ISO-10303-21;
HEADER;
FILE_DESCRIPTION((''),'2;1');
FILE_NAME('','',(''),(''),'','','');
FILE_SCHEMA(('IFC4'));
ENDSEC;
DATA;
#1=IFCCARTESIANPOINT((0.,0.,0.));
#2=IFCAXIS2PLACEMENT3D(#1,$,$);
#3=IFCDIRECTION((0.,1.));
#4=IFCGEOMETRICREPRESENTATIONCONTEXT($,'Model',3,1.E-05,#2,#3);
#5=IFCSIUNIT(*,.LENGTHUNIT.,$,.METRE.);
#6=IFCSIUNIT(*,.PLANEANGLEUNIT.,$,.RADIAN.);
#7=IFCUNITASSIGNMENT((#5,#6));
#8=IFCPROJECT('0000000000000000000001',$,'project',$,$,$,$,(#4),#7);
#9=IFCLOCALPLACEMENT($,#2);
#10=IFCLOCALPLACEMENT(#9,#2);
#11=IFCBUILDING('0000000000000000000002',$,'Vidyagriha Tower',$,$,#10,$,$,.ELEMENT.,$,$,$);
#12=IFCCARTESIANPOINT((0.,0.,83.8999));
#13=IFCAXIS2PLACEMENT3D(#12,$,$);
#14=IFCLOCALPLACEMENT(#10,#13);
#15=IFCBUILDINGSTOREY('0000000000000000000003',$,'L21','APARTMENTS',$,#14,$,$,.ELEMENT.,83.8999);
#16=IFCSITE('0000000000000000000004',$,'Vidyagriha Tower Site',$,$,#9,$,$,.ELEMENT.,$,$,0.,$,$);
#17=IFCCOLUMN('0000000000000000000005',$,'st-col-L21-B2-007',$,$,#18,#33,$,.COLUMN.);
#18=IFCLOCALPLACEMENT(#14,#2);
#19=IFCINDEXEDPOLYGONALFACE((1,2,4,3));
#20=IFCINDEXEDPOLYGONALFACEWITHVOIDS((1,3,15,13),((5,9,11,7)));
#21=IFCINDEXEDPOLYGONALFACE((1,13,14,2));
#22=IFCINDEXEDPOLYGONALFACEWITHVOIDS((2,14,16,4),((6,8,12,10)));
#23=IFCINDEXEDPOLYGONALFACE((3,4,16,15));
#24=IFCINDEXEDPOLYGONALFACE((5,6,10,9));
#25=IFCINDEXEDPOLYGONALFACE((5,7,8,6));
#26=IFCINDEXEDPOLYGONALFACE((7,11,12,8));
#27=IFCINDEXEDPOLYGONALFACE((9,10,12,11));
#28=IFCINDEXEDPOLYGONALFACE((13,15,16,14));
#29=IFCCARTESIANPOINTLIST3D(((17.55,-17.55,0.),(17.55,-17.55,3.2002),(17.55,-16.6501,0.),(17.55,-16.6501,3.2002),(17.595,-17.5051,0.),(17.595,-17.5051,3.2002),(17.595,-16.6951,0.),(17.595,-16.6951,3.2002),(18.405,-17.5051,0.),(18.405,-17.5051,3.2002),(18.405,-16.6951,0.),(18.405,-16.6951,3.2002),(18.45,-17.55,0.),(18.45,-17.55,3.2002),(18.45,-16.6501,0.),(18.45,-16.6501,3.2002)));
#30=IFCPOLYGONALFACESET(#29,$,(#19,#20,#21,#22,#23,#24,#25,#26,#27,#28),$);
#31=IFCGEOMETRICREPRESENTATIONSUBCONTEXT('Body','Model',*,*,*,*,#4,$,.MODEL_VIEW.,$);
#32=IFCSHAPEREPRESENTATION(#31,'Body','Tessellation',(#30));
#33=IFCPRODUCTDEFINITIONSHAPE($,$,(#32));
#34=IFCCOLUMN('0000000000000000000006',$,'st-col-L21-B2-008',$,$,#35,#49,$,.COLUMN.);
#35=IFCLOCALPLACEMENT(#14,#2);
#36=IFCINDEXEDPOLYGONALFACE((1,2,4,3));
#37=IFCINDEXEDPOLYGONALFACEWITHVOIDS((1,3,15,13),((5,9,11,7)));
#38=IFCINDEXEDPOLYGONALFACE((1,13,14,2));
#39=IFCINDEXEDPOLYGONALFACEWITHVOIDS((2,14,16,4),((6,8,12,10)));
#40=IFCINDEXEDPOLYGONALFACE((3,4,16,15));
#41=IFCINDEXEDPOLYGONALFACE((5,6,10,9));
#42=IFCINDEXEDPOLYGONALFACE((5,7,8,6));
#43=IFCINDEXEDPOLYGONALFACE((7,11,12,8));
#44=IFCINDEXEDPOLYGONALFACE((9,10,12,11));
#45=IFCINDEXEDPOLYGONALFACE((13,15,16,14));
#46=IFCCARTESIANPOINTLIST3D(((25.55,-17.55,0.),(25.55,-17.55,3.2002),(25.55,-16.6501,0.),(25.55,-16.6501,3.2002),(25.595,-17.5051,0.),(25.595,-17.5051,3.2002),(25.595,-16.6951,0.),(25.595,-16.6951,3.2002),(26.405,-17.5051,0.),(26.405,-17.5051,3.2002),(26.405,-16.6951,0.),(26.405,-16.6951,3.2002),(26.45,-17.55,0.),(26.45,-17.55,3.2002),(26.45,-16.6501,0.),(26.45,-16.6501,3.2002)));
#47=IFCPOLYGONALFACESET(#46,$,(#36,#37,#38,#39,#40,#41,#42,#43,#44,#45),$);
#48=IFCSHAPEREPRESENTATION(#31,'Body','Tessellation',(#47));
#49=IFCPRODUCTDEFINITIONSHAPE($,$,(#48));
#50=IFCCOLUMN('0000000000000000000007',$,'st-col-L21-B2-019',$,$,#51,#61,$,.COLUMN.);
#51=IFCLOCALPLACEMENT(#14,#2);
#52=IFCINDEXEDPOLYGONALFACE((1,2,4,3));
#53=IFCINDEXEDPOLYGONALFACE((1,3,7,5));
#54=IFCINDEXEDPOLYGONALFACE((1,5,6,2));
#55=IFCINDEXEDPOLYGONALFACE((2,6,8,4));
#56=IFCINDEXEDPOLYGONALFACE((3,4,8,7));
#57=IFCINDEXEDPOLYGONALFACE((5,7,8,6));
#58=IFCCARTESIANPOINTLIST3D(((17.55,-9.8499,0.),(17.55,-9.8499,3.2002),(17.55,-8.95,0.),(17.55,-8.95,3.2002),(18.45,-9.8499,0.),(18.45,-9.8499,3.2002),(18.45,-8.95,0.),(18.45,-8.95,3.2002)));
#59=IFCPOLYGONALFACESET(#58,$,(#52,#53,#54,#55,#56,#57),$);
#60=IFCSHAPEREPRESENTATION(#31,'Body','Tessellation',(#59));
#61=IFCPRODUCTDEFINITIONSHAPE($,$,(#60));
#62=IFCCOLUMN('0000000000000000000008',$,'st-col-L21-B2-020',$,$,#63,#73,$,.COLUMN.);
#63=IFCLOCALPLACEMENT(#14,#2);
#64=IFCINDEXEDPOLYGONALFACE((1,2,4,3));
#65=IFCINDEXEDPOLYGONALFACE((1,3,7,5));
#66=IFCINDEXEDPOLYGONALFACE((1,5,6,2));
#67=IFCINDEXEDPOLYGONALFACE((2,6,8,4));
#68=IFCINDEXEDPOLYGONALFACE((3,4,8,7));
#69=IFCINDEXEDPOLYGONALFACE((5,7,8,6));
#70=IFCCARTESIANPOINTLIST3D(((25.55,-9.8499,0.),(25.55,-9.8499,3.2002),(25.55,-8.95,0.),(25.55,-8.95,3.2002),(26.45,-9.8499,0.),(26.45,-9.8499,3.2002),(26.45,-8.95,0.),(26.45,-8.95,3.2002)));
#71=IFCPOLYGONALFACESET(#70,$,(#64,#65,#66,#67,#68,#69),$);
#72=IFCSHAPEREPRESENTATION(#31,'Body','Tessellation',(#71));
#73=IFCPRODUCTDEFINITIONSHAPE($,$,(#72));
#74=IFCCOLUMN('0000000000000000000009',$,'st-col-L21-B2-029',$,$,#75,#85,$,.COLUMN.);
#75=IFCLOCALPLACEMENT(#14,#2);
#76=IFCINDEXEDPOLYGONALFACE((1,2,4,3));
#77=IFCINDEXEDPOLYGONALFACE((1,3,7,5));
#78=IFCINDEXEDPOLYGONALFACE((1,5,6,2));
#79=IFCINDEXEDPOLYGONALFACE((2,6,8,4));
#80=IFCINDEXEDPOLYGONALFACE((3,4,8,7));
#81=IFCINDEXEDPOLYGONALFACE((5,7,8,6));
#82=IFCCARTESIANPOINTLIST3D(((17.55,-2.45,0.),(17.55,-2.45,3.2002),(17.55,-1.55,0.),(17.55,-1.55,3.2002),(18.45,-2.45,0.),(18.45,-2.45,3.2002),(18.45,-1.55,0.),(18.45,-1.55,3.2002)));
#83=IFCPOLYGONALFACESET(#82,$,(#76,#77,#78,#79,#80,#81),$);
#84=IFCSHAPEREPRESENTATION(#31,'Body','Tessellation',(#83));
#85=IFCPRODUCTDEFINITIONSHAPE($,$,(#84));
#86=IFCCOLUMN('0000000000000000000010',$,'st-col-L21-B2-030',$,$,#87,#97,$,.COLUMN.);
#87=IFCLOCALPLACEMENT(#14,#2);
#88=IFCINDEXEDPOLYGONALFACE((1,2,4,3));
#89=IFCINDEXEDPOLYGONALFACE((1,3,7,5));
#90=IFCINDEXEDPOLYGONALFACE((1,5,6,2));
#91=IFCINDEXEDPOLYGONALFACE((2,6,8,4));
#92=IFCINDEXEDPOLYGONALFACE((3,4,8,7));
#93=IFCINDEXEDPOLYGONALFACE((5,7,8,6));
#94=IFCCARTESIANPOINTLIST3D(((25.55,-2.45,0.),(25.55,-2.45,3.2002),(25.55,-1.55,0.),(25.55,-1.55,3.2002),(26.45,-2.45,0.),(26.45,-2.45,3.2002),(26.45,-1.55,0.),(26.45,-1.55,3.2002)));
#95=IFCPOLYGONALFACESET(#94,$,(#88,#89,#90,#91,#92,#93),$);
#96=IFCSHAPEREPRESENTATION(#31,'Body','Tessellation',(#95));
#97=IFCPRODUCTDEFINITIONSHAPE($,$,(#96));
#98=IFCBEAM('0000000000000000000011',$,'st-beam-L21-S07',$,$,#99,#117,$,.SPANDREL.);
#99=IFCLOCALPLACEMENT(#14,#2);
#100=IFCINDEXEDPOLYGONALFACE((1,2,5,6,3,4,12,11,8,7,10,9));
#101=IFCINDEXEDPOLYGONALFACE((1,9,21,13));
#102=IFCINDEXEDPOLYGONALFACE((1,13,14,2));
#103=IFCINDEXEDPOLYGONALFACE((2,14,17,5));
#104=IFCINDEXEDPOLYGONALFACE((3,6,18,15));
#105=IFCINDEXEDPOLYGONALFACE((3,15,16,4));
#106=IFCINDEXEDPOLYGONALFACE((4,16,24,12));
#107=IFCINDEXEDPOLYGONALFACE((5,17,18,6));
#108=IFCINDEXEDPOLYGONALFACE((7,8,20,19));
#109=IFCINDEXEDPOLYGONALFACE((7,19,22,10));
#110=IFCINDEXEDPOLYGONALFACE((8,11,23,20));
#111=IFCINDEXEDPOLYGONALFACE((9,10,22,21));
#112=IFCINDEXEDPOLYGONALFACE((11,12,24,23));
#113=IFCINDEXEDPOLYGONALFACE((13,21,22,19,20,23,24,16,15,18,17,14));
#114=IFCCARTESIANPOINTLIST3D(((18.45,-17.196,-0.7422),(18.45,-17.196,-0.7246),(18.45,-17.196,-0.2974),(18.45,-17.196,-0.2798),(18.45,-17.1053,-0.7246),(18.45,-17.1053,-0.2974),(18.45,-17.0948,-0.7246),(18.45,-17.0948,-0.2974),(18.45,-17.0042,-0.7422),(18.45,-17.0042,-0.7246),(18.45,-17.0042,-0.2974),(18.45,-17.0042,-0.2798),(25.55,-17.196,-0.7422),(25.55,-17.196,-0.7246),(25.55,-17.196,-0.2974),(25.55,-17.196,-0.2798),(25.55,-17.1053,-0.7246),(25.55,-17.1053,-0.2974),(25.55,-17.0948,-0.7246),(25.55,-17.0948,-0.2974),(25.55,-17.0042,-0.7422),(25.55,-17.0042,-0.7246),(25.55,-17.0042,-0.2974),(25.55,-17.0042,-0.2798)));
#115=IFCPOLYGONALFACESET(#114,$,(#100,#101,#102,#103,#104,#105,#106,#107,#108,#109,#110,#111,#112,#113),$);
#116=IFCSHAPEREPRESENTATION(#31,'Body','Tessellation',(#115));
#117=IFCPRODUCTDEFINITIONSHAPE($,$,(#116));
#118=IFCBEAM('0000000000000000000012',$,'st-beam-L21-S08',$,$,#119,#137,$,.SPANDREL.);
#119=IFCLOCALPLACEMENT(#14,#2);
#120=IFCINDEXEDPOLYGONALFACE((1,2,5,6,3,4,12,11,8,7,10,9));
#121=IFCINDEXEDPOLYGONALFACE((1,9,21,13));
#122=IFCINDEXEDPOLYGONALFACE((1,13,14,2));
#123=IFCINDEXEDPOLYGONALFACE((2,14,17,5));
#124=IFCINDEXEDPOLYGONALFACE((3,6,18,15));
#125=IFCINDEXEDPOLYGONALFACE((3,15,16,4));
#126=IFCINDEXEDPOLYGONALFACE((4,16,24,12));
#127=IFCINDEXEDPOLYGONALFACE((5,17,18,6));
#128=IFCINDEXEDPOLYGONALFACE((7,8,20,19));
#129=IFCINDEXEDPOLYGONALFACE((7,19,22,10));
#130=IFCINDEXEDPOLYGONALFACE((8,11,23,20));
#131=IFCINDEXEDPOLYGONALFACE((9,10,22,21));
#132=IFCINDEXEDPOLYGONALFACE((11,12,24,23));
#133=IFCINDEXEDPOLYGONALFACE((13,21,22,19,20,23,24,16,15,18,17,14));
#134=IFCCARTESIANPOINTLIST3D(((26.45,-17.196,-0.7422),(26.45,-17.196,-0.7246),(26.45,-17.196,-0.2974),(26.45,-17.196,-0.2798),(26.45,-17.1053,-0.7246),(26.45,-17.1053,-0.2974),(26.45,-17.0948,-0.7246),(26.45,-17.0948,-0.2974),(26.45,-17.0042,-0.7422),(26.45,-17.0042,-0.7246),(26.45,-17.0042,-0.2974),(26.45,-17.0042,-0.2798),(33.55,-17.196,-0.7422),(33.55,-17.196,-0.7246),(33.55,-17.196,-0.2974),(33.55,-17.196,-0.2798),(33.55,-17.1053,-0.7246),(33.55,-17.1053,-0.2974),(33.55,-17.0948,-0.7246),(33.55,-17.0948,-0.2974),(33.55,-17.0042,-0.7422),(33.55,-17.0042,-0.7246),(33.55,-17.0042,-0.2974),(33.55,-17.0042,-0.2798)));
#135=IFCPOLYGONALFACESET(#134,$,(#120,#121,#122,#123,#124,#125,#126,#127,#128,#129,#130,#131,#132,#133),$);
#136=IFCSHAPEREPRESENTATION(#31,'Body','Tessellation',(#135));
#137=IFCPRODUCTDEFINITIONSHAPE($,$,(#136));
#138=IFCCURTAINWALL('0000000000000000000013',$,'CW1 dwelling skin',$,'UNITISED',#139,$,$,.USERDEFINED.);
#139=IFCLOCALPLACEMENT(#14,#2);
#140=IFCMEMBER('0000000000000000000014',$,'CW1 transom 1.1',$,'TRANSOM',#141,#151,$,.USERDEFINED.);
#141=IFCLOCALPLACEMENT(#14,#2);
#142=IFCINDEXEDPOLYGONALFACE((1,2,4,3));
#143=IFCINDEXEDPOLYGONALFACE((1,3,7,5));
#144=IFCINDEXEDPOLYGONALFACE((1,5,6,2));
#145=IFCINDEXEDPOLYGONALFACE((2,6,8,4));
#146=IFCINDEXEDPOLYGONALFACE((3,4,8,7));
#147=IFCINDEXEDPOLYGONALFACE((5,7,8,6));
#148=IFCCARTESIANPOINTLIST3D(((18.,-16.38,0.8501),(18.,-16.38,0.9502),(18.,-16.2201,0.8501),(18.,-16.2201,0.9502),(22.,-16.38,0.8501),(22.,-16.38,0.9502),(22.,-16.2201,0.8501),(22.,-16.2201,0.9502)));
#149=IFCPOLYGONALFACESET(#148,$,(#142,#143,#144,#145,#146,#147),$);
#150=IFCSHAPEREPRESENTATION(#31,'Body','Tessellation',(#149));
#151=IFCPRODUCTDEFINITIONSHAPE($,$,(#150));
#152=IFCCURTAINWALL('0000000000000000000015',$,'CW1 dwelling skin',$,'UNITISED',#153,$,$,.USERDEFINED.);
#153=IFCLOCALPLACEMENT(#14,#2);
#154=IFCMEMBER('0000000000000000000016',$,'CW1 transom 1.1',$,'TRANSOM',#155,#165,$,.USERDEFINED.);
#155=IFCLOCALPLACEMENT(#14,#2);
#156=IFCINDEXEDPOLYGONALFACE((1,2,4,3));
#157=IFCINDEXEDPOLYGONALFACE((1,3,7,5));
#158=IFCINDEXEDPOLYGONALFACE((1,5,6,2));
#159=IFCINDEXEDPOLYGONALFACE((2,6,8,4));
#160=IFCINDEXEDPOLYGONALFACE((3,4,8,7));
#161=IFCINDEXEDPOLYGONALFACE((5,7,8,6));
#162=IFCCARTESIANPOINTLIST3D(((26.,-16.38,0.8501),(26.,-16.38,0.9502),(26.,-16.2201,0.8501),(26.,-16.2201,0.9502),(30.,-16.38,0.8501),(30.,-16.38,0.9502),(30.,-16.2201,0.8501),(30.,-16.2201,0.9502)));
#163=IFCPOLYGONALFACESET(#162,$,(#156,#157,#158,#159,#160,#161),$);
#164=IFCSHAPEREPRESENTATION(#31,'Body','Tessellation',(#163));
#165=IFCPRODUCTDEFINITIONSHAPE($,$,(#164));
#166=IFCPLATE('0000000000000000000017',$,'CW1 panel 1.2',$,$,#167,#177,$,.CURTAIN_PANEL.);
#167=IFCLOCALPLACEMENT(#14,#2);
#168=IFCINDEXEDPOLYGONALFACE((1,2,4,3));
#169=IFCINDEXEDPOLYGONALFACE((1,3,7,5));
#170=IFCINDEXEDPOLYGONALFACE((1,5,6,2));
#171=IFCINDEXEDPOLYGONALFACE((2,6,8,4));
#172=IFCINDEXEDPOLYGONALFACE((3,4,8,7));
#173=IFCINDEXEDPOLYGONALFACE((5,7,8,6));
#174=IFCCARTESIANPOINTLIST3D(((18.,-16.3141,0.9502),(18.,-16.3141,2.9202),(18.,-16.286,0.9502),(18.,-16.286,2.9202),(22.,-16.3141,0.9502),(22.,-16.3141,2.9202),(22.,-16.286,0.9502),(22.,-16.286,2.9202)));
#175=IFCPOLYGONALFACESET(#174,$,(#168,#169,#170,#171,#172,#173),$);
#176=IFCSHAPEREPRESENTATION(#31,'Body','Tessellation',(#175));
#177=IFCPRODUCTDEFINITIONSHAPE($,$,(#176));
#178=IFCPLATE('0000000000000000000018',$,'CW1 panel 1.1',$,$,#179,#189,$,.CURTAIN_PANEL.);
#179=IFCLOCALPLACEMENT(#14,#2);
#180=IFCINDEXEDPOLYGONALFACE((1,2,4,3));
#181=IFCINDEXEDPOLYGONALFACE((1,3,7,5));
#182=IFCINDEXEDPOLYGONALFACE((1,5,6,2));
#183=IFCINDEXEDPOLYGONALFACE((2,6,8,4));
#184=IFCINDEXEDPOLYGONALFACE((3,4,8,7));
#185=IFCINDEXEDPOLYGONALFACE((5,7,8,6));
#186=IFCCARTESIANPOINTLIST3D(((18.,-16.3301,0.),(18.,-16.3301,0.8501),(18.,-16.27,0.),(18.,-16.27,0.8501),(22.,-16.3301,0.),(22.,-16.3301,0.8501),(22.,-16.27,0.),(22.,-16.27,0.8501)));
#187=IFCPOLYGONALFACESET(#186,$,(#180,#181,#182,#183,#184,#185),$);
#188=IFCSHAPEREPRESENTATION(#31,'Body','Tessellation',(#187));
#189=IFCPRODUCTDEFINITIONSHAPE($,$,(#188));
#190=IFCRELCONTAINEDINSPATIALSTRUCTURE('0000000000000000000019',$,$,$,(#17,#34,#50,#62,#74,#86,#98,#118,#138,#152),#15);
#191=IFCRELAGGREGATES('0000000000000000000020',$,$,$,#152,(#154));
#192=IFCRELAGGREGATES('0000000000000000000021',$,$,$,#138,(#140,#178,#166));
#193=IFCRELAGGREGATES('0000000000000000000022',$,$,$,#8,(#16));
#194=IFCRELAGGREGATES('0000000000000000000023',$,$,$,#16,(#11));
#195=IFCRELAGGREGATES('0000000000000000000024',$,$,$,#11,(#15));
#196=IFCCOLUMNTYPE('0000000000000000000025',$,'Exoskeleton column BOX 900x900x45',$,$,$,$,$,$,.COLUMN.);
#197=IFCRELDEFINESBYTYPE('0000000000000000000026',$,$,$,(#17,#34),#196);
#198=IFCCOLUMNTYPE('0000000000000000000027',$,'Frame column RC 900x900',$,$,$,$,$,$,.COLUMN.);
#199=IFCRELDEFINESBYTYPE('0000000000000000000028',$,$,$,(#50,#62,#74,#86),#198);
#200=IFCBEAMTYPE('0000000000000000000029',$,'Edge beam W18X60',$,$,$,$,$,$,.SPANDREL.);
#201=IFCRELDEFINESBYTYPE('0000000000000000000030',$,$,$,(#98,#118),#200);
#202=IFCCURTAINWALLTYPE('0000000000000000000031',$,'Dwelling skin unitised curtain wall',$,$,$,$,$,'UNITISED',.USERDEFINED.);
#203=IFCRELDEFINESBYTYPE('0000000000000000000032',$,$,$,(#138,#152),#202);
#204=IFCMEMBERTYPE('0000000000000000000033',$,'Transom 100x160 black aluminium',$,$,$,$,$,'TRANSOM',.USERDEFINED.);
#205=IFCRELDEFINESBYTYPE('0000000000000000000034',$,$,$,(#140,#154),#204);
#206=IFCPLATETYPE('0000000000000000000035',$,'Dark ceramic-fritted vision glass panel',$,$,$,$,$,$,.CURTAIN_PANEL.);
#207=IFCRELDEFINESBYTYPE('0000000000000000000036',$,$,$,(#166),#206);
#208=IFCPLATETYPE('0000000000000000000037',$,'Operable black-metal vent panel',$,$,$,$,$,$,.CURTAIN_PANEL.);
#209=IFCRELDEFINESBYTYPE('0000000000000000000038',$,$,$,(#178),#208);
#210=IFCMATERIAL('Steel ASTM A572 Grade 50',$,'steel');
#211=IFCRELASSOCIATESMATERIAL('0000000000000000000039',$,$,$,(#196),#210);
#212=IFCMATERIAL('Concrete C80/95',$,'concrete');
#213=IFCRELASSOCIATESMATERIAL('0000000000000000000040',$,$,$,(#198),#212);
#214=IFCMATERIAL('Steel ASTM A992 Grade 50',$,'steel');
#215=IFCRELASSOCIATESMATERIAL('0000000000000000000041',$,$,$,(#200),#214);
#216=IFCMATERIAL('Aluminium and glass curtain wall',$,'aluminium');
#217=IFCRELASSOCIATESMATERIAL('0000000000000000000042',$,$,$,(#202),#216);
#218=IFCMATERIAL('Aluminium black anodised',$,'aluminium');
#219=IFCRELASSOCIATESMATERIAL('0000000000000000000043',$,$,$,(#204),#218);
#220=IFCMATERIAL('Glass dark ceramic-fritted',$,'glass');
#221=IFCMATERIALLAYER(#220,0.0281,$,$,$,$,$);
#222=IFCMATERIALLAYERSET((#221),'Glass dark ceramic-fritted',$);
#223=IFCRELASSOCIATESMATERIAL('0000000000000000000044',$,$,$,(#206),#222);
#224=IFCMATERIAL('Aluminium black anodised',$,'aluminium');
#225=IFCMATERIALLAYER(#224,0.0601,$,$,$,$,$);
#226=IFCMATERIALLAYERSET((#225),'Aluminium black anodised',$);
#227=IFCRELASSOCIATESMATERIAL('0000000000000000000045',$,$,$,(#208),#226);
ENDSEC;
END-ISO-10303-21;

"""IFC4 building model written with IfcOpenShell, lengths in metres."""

from ifc_helpers import new_model, si_unit, direction, frame, origin, origin_2d, place, context, subcontext, project, spatial, rectangle, hollow_rectangle, i_section, extrude, material, layer, layer_set, material_profile, profile_set, type_object, element, aggregate, save


model = new_model("IFC4")

# Units and contexts
model_context = context("Model", 3, precision=1e-05, world=origin(), true_north=direction((0.0, 1.0)))
body_context = subcontext(model_context, "Body", "Model", "MODEL_VIEW")
ifc_project = project(units=[si_unit("LENGTHUNIT", "METRE"), si_unit("PLANEANGLEUNIT", "RADIAN")], contexts=[model_context])

# Site, building, storey
site_placement = place(None, origin())
site = spatial("IfcSite", under=ifc_project, at=site_placement, Name="Vidyagriha Tower Site", CompositionType="ELEMENT", RefElevation=0.0)
building_placement = place(site_placement, origin())
building = spatial("IfcBuilding", under=site, at=building_placement, Name="Vidyagriha Tower", CompositionType="ELEMENT")
storey_placement = place(building_placement, frame((0.0, 0.0, 83.8999)))
storey = spatial("IfcBuildingStorey", under=building, at=storey_placement, Name="L21", Description="APARTMENTS", CompositionType="ELEMENT", Elevation=83.8999)

# Columns
ifc_material_1 = material(Name="Steel ASTM A572 Grade 50", Category="steel")
ifc_material_profile_1 = material_profile(ifc_material_1, hollow_rectangle(XDim=0.8999, YDim=0.8999, WallThickness=0.0449, at=origin_2d()), Name="BOX 900x900x45")
ifc_profile_set_1 = profile_set([ifc_material_profile_1], Name="Steel ASTM A572 Grade 50")
column_type_1 = type_object("IfcColumnType", Name="Exoskeleton column BOX 900x900x45", PredefinedType="COLUMN", material=ifc_profile_set_1)
for number, where, name in (
    (1, (18.0, -17.1001, 0.0), "st-col-L21-B2-007"),
    (2, (26.0, -17.1001, 0.0), "st-col-L21-B2-008"),
):
    element("IfcColumn", number, at=place(storey_placement, frame(where)), inside=storey, type_object=column_type_1, Name=name, PredefinedType="COLUMN", context=body_context, shape_type="SweptSolid", body=[
        extrude(hollow_rectangle(XDim=0.8999, YDim=0.8999, WallThickness=0.0449, at=origin_2d()), origin(), (0.0, 0.0, 1.0), 3.2002),
    ])
ifc_material_2 = material(Name="Concrete C80/95", Category="concrete")
ifc_material_profile_2 = material_profile(ifc_material_2, rectangle(XDim=0.8999, YDim=0.8999, at=origin_2d()), Name="RC 900x900")
ifc_profile_set_2 = profile_set([ifc_material_profile_2], Name="Concrete C80/95")
column_type_2 = type_object("IfcColumnType", Name="Frame column RC 900x900", PredefinedType="COLUMN", material=ifc_profile_set_2)
for number, where, name in (
    (3, (18.0, -9.3999, 0.0), "st-col-L21-B2-019"),
    (4, (26.0, -9.3999, 0.0), "st-col-L21-B2-020"),
    (5, (18.0, -2.0, 0.0), "st-col-L21-B2-029"),
    (6, (26.0, -2.0, 0.0), "st-col-L21-B2-030"),
):
    element("IfcColumn", number, at=place(storey_placement, frame(where)), inside=storey, type_object=column_type_2, Name=name, PredefinedType="COLUMN", context=body_context, shape_type="SweptSolid", body=[
        extrude(rectangle(XDim=0.8999, YDim=0.8999, at=origin_2d()), origin(), (0.0, 0.0, 1.0), 3.2002),
    ])

# Beams
ifc_material_3 = material(Name="Steel ASTM A992 Grade 50", Category="steel")
ifc_material_profile_3 = material_profile(ifc_material_3, i_section(OverallWidth=0.1919, OverallDepth=0.4624, WebThickness=0.0105, FlangeThickness=0.0176, at=origin_2d()), Name="W18X60")
ifc_profile_set_3 = profile_set([ifc_material_profile_3], Name="Steel ASTM A992 Grade 50")
beam_type = type_object("IfcBeamType", Name="Edge beam W18X60", PredefinedType="SPANDREL", material=ifc_profile_set_3)
for number, where, z_axis, x_axis, name in (
    (7, (18.45, -17.1001, -0.511), (1.0, 0.0, 0.0), (0.0, 1.0, 0.0), "st-beam-L21-S07"),
    (8, (26.45, -17.1001, -0.511), (1.0, 0.0, 0.0), (0.0, 1.0, 0.0), "st-beam-L21-S08"),
):
    element("IfcBeam", number, at=place(storey_placement, frame(where, z_axis=z_axis, x_axis=x_axis)), inside=storey, type_object=beam_type, Name=name, PredefinedType="SPANDREL", context=body_context, shape_type="SweptSolid", body=[
        extrude(i_section(OverallWidth=0.1919, OverallDepth=0.4624, WebThickness=0.0105, FlangeThickness=0.0176, at=origin_2d()), origin(), (0.0, 0.0, 1.0), 7.1001),
    ])

# Curtain walls, members
ifc_material_4 = material(Name="Aluminium and glass curtain wall", Category="aluminium")
curtain_wall_type = type_object("IfcCurtainWallType", Name="Dwelling skin unitised curtain wall", ElementType="UNITISED", PredefinedType="USERDEFINED", material=ifc_material_4)
curtain_wall_1_placement = place(storey_placement, origin())
curtain_wall_1 = element("IfcCurtainWall", 9, at=curtain_wall_1_placement, inside=storey, type_object=curtain_wall_type, Name="CW1 dwelling skin", ObjectType="UNITISED", PredefinedType="USERDEFINED")
ifc_material_5 = material(Name="Aluminium black anodised", Category="aluminium")
ifc_material_profile_4 = material_profile(ifc_material_5, rectangle(XDim=0.1599, YDim=0.1001, at=origin_2d()), Name="Transom 100x160 black aluminium")
ifc_profile_set_4 = profile_set([ifc_material_profile_4], Name="Aluminium black anodised")
member_type = type_object("IfcMemberType", Name="Transom 100x160 black aluminium", ElementType="TRANSOM", PredefinedType="USERDEFINED", material=ifc_profile_set_4)
member_1_placement = place(storey_placement, frame((18.0, -16.3, 0.9001), z_axis=(1.0, 0.0, 0.0), x_axis=(0.0, 1.0, 0.0)))
member_1 = element("IfcMember", 10, at=member_1_placement, type_object=member_type, Name="CW1 transom 1.1", ObjectType="TRANSOM", PredefinedType="USERDEFINED", context=body_context, shape_type="SweptSolid", body=[
    extrude(rectangle(XDim=0.1599, YDim=0.1001, at=origin_2d()), origin(), (0.0, 0.0, 1.0), 4.0),
])
curtain_wall_2_placement = place(storey_placement, origin())
curtain_wall_2 = element("IfcCurtainWall", 11, at=curtain_wall_2_placement, inside=storey, type_object=curtain_wall_type, Name="CW1 dwelling skin", ObjectType="UNITISED", PredefinedType="USERDEFINED")
member_2_placement = place(storey_placement, frame((26.0, -16.3, 0.9001), z_axis=(1.0, 0.0, 0.0), x_axis=(0.0, 1.0, 0.0)))
member_2 = element("IfcMember", 12, at=member_2_placement, type_object=member_type, Name="CW1 transom 1.1", ObjectType="TRANSOM", PredefinedType="USERDEFINED", context=body_context, shape_type="SweptSolid", body=[
    extrude(rectangle(XDim=0.1599, YDim=0.1001, at=origin_2d()), origin(), (0.0, 0.0, 1.0), 4.0),
])
aggregate(curtain_wall_2, [member_2])

# Plates
ifc_material_6 = material(Name="Glass dark ceramic-fritted", Category="glass")
ifc_layer_1 = layer(ifc_material_6, 0.0281)
ifc_layer_set_1 = layer_set([ifc_layer_1], Name="Glass dark ceramic-fritted")
plate_type_1 = type_object("IfcPlateType", Name="Dark ceramic-fritted vision glass panel", PredefinedType="CURTAIN_PANEL", material=ifc_layer_set_1)
plate_1_placement = place(storey_placement, frame((20.0, -16.3, 0.9502)))
plate_1 = element("IfcPlate", 13, at=plate_1_placement, type_object=plate_type_1, Name="CW1 panel 1.2", PredefinedType="CURTAIN_PANEL", context=body_context, shape_type="SweptSolid", body=[
    extrude(rectangle(XDim=4.0, YDim=0.0281, at=origin_2d()), origin(), (0.0, 0.0, 1.0), 1.97),
])
ifc_material_7 = material(Name="Aluminium black anodised", Category="aluminium")
ifc_layer_2 = layer(ifc_material_7, 0.0601)
ifc_layer_set_2 = layer_set([ifc_layer_2], Name="Aluminium black anodised")
plate_type_2 = type_object("IfcPlateType", Name="Operable black-metal vent panel", PredefinedType="CURTAIN_PANEL", material=ifc_layer_set_2)
plate_2_placement = place(storey_placement, frame((20.0, -16.3, 0.0)))
plate_2 = element("IfcPlate", 14, at=plate_2_placement, type_object=plate_type_2, Name="CW1 panel 1.1", PredefinedType="CURTAIN_PANEL", context=body_context, shape_type="SweptSolid", body=[
    extrude(rectangle(XDim=4.0, YDim=0.0601, at=origin_2d()), origin(), (0.0, 0.0, 1.0), 0.8501),
])
aggregate(curtain_wall_1, [member_1, plate_2, plate_1])

save(model, "model.ifc")
